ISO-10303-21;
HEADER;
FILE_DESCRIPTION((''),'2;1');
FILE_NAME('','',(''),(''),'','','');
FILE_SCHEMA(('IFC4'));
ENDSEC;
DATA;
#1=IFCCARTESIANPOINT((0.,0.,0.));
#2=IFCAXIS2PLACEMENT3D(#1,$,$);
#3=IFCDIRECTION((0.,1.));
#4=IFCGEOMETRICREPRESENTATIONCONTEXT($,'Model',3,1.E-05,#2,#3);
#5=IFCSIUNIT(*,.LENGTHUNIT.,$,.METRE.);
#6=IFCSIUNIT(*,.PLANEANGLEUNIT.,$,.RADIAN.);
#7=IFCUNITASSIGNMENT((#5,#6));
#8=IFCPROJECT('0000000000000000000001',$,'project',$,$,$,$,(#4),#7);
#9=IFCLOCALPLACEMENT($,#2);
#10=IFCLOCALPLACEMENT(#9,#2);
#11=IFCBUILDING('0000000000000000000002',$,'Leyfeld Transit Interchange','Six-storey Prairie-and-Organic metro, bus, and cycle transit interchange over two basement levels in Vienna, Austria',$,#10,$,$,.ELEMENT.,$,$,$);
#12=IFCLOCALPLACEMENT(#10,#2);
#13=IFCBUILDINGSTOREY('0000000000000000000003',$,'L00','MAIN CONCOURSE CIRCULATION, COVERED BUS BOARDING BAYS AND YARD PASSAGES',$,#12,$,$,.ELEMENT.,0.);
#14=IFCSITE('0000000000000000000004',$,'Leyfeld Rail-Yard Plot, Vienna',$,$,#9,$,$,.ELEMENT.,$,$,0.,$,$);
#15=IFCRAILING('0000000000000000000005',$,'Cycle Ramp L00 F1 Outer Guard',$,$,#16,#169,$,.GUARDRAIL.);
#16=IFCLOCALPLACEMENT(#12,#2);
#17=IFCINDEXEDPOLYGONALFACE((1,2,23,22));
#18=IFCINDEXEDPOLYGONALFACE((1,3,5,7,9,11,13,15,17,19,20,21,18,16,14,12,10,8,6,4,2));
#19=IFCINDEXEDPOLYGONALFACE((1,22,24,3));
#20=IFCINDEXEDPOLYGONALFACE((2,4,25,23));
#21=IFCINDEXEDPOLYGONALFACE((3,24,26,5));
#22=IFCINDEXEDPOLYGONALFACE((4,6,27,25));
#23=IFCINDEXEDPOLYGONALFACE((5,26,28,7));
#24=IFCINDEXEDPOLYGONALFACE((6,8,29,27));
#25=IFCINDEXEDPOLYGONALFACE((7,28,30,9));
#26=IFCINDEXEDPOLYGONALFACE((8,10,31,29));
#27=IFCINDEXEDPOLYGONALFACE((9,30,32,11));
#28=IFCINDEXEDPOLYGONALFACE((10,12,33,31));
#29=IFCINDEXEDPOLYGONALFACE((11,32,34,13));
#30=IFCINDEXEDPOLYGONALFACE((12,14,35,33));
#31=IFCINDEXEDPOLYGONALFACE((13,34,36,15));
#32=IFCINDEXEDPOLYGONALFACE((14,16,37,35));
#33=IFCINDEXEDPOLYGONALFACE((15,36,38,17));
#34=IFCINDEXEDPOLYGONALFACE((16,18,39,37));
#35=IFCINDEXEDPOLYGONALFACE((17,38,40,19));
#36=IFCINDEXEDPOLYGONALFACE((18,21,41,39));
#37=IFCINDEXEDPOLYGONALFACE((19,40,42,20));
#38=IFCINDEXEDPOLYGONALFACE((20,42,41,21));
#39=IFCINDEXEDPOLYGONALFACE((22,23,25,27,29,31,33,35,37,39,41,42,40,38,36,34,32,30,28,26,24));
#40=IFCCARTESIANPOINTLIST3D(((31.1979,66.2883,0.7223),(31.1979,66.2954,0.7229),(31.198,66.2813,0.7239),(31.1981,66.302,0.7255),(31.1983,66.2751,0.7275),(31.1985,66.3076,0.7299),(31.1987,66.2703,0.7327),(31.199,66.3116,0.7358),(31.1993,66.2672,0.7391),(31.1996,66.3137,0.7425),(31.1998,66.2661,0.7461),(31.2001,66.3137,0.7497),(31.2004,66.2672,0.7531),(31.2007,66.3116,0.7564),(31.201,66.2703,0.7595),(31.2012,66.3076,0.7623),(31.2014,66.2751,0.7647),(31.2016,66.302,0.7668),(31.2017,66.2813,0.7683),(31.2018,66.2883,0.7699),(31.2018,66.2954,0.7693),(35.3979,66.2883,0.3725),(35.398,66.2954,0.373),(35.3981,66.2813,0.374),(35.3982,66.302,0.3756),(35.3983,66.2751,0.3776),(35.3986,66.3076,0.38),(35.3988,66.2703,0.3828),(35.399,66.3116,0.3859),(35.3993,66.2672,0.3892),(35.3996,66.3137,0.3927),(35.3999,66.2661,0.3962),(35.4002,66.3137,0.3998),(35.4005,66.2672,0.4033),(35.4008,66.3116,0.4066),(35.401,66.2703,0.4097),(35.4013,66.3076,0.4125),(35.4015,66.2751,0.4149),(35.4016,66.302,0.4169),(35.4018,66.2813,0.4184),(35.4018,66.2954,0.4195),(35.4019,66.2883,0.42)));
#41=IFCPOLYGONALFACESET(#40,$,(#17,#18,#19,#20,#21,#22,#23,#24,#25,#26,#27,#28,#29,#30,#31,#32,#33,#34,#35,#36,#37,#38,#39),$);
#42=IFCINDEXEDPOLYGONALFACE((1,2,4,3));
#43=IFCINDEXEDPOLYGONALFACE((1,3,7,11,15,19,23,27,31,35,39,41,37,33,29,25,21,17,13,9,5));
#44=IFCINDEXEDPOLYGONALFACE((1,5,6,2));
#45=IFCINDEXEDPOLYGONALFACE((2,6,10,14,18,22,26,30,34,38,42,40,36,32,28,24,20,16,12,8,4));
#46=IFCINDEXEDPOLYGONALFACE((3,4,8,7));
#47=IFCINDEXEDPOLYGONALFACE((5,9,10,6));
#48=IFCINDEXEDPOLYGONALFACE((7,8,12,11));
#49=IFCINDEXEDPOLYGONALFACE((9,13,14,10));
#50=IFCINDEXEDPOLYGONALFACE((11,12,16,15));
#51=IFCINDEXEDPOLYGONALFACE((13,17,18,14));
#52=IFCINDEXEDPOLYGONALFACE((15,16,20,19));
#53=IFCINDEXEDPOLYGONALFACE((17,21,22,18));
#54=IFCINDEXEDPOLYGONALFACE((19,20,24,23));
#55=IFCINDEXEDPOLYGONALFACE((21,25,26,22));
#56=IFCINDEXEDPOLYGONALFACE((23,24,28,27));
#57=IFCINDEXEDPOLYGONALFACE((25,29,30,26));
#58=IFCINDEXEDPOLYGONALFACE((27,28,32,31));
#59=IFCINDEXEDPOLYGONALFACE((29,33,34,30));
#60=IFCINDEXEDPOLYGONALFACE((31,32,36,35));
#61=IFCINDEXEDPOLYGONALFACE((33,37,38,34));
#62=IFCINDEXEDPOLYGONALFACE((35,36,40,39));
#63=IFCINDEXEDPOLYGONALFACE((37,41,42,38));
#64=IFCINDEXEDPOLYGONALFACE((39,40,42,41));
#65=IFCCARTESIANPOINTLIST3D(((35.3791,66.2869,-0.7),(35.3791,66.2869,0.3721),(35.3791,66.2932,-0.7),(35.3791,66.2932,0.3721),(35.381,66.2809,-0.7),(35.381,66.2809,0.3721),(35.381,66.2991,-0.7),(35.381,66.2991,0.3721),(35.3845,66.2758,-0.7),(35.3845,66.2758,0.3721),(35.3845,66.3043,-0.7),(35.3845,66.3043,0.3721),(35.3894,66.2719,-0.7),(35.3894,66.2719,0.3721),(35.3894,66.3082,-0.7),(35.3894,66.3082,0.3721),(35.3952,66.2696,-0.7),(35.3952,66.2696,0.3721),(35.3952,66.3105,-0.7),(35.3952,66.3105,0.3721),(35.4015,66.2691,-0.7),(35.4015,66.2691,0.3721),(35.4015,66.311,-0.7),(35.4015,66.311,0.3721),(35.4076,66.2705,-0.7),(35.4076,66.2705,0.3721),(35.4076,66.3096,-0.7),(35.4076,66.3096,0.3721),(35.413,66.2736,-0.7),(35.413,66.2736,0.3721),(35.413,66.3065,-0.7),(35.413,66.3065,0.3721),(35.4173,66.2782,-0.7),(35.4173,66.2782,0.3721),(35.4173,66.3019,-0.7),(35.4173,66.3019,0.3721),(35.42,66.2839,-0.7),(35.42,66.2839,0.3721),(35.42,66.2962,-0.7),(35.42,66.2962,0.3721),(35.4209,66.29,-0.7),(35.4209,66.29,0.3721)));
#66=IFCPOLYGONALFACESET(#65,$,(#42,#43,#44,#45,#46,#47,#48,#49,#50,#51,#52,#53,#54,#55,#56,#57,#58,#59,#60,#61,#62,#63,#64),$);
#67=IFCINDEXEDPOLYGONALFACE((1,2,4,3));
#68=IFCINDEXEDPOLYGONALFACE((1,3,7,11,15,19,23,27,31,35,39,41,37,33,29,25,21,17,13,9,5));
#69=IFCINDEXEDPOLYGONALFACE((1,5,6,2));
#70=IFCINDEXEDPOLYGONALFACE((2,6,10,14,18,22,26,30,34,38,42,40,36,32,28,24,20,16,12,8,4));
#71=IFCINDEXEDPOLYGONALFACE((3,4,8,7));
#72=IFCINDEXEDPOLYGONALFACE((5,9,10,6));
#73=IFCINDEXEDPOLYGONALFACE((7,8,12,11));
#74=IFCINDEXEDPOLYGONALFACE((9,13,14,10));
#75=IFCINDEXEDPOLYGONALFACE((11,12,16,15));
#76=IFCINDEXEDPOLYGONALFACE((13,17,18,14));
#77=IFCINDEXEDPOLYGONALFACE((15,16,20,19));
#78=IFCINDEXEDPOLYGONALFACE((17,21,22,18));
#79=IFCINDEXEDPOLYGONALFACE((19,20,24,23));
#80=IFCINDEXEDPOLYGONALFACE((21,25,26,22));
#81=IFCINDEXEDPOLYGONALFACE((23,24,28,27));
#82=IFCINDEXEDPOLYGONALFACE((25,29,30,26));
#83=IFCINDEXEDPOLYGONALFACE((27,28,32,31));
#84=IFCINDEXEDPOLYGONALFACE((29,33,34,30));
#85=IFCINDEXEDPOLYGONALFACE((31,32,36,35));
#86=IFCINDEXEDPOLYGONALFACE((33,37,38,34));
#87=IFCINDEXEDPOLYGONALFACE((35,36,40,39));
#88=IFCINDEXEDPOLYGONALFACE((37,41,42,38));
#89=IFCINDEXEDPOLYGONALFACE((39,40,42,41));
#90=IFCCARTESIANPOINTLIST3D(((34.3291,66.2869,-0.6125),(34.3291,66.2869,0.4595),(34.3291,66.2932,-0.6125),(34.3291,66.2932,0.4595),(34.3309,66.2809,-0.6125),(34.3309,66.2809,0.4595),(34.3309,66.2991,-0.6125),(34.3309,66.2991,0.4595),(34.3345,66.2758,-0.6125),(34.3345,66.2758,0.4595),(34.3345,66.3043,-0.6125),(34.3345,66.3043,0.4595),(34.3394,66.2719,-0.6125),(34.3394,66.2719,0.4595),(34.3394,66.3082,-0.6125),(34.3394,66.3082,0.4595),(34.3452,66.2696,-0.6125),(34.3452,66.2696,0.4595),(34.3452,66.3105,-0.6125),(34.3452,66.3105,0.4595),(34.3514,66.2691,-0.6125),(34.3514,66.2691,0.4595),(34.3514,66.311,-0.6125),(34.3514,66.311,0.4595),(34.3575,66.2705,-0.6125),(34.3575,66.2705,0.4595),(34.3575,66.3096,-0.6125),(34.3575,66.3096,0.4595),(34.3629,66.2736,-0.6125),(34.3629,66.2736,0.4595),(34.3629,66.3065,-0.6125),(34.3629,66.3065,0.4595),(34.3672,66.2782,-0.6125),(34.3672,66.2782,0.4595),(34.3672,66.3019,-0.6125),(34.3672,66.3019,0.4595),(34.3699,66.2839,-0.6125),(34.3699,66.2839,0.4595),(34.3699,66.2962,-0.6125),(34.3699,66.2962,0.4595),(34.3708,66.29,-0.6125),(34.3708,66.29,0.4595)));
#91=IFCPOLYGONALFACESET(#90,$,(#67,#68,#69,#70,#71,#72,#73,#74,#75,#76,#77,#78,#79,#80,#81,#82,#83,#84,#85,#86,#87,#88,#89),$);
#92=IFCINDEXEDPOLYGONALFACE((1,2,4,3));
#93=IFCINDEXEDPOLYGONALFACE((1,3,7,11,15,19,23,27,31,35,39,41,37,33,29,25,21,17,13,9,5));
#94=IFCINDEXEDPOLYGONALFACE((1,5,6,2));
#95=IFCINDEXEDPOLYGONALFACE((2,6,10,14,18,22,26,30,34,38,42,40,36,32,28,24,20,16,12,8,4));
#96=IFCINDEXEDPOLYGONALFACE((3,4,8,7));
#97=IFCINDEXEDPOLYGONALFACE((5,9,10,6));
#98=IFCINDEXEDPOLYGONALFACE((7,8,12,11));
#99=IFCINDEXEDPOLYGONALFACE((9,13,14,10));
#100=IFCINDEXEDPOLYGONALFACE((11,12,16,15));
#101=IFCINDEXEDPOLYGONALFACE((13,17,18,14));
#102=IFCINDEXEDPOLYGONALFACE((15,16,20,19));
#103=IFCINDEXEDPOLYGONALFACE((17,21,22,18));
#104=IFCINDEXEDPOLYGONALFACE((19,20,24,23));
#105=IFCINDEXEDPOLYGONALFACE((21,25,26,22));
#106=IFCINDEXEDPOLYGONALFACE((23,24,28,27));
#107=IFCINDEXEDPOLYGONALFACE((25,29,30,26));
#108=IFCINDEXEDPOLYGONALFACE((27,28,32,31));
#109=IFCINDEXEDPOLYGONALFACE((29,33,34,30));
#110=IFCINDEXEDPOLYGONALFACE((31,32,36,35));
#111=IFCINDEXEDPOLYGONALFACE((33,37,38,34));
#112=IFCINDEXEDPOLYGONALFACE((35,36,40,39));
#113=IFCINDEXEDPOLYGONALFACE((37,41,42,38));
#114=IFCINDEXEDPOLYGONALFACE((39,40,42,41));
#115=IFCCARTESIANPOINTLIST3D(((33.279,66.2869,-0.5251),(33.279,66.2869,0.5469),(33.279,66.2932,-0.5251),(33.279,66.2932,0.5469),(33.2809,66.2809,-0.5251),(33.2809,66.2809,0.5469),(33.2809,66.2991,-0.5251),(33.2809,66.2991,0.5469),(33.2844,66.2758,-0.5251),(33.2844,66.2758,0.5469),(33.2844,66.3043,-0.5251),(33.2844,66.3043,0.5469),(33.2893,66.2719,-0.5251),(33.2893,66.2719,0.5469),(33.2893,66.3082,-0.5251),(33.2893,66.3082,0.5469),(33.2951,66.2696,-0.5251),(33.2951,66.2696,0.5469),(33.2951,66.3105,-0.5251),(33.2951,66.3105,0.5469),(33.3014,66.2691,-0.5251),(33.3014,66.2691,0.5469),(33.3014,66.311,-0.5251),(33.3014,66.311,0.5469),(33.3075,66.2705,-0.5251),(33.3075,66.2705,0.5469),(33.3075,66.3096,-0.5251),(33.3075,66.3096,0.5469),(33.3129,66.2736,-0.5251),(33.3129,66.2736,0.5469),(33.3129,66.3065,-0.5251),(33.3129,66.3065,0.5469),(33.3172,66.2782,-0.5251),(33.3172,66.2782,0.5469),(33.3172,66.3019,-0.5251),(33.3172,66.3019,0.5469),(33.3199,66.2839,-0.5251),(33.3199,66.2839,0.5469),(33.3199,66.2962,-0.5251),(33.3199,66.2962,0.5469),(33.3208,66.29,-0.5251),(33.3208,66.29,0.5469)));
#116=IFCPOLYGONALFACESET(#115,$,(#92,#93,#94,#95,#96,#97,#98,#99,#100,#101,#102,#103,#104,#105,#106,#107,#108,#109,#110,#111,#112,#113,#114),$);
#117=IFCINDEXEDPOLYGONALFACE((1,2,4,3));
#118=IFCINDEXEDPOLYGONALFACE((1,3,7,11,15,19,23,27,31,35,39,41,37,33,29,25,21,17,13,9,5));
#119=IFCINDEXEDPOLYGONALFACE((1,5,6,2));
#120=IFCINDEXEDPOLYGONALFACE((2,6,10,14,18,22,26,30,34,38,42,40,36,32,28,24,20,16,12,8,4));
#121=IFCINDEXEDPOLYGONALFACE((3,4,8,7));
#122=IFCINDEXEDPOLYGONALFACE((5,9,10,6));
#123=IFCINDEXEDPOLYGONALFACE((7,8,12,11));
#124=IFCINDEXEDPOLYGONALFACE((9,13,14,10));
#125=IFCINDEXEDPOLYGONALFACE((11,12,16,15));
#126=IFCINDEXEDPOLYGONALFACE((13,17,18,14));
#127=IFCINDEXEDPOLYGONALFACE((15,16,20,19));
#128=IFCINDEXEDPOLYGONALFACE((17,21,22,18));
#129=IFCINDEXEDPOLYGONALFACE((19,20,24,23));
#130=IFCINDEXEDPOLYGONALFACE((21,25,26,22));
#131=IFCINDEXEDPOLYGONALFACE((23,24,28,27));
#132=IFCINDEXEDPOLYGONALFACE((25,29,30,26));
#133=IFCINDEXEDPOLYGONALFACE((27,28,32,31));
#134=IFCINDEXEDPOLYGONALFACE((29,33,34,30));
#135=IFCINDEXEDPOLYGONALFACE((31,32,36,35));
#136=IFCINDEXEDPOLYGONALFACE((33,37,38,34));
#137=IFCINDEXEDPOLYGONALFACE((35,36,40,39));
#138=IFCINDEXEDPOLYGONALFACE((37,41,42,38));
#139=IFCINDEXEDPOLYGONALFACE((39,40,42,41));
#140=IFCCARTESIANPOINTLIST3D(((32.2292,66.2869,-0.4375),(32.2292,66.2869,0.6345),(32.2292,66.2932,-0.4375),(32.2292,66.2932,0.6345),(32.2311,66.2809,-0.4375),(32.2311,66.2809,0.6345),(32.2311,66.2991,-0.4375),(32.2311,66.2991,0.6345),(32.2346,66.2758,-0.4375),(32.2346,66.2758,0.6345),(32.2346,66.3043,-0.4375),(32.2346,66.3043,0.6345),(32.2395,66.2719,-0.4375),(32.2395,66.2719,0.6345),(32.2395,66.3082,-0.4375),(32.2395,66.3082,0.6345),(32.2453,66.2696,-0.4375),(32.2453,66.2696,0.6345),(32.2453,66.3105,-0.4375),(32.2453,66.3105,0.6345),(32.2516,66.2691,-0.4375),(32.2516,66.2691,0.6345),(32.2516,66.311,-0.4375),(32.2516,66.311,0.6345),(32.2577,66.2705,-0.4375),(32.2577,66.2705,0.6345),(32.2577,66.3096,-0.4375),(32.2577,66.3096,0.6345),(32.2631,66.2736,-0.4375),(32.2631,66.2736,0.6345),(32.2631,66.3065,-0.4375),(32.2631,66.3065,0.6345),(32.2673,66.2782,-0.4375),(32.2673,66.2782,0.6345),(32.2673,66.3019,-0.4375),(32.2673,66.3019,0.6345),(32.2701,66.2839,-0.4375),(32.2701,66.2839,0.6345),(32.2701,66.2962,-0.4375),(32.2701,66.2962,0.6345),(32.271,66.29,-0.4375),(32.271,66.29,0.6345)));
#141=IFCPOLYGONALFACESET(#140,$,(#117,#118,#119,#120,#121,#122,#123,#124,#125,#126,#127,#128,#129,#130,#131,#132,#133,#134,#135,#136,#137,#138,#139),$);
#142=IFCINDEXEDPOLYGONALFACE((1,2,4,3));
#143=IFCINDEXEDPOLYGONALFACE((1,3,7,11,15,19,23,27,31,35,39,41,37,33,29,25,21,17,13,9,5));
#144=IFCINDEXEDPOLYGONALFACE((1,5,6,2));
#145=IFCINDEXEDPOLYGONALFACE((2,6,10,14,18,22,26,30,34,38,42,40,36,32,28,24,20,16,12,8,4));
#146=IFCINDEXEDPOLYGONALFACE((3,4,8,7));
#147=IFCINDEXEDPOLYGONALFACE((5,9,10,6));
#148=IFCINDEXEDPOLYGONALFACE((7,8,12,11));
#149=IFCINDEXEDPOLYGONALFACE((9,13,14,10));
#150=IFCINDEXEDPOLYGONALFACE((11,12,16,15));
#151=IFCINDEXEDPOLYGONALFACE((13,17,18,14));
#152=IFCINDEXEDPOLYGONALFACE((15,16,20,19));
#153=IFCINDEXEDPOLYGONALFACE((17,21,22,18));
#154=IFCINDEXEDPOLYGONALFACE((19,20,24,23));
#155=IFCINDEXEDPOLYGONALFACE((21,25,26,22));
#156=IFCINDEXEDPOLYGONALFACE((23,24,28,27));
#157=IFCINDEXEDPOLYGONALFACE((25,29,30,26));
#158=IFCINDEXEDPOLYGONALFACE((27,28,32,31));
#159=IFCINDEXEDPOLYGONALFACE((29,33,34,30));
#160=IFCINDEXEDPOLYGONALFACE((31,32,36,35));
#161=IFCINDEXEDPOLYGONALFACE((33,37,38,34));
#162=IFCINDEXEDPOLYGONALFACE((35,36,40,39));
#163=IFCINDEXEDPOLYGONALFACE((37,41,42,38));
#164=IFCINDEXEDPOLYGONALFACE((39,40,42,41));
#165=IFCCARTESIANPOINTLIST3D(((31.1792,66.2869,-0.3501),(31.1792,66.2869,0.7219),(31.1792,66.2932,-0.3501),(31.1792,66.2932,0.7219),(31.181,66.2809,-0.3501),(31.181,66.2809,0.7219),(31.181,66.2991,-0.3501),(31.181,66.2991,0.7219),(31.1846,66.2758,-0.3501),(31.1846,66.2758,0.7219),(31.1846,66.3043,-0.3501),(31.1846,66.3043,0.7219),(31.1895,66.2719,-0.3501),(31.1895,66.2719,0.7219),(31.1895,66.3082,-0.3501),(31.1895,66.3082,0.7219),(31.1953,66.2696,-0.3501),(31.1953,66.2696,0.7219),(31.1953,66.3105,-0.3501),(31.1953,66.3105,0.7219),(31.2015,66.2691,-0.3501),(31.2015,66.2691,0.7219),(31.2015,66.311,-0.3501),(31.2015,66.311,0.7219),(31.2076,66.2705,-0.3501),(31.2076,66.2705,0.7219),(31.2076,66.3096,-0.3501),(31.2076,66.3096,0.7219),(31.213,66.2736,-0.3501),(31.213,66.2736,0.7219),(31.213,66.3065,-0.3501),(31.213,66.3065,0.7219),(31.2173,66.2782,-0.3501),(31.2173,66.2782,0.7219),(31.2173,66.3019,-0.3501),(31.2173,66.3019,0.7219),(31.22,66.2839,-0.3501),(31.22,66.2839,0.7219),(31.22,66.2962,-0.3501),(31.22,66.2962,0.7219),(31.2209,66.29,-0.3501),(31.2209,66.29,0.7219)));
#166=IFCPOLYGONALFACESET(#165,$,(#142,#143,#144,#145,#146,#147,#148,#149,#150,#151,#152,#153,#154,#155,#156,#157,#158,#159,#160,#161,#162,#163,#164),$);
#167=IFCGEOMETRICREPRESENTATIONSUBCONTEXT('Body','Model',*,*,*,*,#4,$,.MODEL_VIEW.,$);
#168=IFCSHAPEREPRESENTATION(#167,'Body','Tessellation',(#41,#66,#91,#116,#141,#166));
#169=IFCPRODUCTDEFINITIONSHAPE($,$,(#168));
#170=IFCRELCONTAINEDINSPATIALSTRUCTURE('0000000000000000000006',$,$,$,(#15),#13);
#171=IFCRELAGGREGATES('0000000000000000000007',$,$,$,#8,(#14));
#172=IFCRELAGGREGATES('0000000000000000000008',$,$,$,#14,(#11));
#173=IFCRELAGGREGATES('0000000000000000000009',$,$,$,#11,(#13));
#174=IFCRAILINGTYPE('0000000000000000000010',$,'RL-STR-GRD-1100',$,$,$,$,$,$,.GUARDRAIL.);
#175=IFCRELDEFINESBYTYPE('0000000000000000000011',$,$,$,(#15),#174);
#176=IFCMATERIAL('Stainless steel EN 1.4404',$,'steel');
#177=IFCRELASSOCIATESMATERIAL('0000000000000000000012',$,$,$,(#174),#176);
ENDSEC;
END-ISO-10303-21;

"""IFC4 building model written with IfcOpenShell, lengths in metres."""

from ifc_helpers import new_model, si_unit, direction, frame, origin, origin_2d, place, context, subcontext, project, spatial, circle, extrude, material, type_object, element, save


model = new_model("IFC4")

# Units and contexts
model_context = context("Model", 3, precision=1e-05, world=origin(), true_north=direction((0.0, 1.0)))
body_context = subcontext(model_context, "Body", "Model", "MODEL_VIEW")
ifc_project = project(units=[si_unit("LENGTHUNIT", "METRE"), si_unit("PLANEANGLEUNIT", "RADIAN")], contexts=[model_context])

# Site, building, storey
site_placement = place(None, origin())
site = spatial("IfcSite", under=ifc_project, at=site_placement, Name="Leyfeld Rail-Yard Plot, Vienna", CompositionType="ELEMENT", RefElevation=0.0)
building_placement = place(site_placement, origin())
building = spatial("IfcBuilding", under=site, at=building_placement, Name="Leyfeld Transit Interchange", Description="Six-storey Prairie-and-Organic metro, bus, and cycle transit interchange over two basement levels in Vienna, Austria", CompositionType="ELEMENT")
storey_placement = place(building_placement, origin())
storey = spatial("IfcBuildingStorey", under=building, at=storey_placement, Name="L00", Description="MAIN CONCOURSE CIRCULATION, COVERED BUS BOARDING BAYS AND YARD PASSAGES", CompositionType="ELEMENT", Elevation=0.0)

# Railing
ifc_material_1 = material(Name="Stainless steel EN 1.4404", Category="steel")
railing_type_1 = type_object("IfcRailingType", Name="RL-STR-GRD-1100", PredefinedType="GUARDRAIL", material=ifc_material_1)
railing_1_placement = place(storey_placement, frame((35.3999, 66.29, -0.7)))
element("IfcRailing", 1, at=railing_1_placement, inside=storey, type_object=railing_type_1, Name="Cycle Ramp L00 F1 Outer Guard", PredefinedType="GUARDRAIL", context=body_context, shape_type="SweptSolid", body=[
    extrude(circle(Radius=0.0239, at=origin_2d()), frame((0.0, 0.0, 1.0962), z_axis=(-0.996549, 0.0, 0.083012), x_axis=(0.0, -1.0, 0.0)), (0.0, 0.0, 1.0), 4.2146),
    extrude(circle(Radius=0.021, at=origin_2d()), origin(), (0.0, 0.0, 1.0), 1.072),
    extrude(circle(Radius=0.021, at=origin_2d()), frame((-1.05, 0.0, 0.0874)), (0.0, 0.0, 1.0), 1.072),
    extrude(circle(Radius=0.021, at=origin_2d()), frame((-2.1001, 0.0, 0.1748)), (0.0, 0.0, 1.0), 1.072),
    extrude(circle(Radius=0.021, at=origin_2d()), frame((-3.1499, 0.0, 0.2625)), (0.0, 0.0, 1.0), 1.072),
    extrude(circle(Radius=0.021, at=origin_2d()), frame((-4.2, 0.0, 0.3499)), (0.0, 0.0, 1.0), 1.072),
])

save(model, "model.ifc")
